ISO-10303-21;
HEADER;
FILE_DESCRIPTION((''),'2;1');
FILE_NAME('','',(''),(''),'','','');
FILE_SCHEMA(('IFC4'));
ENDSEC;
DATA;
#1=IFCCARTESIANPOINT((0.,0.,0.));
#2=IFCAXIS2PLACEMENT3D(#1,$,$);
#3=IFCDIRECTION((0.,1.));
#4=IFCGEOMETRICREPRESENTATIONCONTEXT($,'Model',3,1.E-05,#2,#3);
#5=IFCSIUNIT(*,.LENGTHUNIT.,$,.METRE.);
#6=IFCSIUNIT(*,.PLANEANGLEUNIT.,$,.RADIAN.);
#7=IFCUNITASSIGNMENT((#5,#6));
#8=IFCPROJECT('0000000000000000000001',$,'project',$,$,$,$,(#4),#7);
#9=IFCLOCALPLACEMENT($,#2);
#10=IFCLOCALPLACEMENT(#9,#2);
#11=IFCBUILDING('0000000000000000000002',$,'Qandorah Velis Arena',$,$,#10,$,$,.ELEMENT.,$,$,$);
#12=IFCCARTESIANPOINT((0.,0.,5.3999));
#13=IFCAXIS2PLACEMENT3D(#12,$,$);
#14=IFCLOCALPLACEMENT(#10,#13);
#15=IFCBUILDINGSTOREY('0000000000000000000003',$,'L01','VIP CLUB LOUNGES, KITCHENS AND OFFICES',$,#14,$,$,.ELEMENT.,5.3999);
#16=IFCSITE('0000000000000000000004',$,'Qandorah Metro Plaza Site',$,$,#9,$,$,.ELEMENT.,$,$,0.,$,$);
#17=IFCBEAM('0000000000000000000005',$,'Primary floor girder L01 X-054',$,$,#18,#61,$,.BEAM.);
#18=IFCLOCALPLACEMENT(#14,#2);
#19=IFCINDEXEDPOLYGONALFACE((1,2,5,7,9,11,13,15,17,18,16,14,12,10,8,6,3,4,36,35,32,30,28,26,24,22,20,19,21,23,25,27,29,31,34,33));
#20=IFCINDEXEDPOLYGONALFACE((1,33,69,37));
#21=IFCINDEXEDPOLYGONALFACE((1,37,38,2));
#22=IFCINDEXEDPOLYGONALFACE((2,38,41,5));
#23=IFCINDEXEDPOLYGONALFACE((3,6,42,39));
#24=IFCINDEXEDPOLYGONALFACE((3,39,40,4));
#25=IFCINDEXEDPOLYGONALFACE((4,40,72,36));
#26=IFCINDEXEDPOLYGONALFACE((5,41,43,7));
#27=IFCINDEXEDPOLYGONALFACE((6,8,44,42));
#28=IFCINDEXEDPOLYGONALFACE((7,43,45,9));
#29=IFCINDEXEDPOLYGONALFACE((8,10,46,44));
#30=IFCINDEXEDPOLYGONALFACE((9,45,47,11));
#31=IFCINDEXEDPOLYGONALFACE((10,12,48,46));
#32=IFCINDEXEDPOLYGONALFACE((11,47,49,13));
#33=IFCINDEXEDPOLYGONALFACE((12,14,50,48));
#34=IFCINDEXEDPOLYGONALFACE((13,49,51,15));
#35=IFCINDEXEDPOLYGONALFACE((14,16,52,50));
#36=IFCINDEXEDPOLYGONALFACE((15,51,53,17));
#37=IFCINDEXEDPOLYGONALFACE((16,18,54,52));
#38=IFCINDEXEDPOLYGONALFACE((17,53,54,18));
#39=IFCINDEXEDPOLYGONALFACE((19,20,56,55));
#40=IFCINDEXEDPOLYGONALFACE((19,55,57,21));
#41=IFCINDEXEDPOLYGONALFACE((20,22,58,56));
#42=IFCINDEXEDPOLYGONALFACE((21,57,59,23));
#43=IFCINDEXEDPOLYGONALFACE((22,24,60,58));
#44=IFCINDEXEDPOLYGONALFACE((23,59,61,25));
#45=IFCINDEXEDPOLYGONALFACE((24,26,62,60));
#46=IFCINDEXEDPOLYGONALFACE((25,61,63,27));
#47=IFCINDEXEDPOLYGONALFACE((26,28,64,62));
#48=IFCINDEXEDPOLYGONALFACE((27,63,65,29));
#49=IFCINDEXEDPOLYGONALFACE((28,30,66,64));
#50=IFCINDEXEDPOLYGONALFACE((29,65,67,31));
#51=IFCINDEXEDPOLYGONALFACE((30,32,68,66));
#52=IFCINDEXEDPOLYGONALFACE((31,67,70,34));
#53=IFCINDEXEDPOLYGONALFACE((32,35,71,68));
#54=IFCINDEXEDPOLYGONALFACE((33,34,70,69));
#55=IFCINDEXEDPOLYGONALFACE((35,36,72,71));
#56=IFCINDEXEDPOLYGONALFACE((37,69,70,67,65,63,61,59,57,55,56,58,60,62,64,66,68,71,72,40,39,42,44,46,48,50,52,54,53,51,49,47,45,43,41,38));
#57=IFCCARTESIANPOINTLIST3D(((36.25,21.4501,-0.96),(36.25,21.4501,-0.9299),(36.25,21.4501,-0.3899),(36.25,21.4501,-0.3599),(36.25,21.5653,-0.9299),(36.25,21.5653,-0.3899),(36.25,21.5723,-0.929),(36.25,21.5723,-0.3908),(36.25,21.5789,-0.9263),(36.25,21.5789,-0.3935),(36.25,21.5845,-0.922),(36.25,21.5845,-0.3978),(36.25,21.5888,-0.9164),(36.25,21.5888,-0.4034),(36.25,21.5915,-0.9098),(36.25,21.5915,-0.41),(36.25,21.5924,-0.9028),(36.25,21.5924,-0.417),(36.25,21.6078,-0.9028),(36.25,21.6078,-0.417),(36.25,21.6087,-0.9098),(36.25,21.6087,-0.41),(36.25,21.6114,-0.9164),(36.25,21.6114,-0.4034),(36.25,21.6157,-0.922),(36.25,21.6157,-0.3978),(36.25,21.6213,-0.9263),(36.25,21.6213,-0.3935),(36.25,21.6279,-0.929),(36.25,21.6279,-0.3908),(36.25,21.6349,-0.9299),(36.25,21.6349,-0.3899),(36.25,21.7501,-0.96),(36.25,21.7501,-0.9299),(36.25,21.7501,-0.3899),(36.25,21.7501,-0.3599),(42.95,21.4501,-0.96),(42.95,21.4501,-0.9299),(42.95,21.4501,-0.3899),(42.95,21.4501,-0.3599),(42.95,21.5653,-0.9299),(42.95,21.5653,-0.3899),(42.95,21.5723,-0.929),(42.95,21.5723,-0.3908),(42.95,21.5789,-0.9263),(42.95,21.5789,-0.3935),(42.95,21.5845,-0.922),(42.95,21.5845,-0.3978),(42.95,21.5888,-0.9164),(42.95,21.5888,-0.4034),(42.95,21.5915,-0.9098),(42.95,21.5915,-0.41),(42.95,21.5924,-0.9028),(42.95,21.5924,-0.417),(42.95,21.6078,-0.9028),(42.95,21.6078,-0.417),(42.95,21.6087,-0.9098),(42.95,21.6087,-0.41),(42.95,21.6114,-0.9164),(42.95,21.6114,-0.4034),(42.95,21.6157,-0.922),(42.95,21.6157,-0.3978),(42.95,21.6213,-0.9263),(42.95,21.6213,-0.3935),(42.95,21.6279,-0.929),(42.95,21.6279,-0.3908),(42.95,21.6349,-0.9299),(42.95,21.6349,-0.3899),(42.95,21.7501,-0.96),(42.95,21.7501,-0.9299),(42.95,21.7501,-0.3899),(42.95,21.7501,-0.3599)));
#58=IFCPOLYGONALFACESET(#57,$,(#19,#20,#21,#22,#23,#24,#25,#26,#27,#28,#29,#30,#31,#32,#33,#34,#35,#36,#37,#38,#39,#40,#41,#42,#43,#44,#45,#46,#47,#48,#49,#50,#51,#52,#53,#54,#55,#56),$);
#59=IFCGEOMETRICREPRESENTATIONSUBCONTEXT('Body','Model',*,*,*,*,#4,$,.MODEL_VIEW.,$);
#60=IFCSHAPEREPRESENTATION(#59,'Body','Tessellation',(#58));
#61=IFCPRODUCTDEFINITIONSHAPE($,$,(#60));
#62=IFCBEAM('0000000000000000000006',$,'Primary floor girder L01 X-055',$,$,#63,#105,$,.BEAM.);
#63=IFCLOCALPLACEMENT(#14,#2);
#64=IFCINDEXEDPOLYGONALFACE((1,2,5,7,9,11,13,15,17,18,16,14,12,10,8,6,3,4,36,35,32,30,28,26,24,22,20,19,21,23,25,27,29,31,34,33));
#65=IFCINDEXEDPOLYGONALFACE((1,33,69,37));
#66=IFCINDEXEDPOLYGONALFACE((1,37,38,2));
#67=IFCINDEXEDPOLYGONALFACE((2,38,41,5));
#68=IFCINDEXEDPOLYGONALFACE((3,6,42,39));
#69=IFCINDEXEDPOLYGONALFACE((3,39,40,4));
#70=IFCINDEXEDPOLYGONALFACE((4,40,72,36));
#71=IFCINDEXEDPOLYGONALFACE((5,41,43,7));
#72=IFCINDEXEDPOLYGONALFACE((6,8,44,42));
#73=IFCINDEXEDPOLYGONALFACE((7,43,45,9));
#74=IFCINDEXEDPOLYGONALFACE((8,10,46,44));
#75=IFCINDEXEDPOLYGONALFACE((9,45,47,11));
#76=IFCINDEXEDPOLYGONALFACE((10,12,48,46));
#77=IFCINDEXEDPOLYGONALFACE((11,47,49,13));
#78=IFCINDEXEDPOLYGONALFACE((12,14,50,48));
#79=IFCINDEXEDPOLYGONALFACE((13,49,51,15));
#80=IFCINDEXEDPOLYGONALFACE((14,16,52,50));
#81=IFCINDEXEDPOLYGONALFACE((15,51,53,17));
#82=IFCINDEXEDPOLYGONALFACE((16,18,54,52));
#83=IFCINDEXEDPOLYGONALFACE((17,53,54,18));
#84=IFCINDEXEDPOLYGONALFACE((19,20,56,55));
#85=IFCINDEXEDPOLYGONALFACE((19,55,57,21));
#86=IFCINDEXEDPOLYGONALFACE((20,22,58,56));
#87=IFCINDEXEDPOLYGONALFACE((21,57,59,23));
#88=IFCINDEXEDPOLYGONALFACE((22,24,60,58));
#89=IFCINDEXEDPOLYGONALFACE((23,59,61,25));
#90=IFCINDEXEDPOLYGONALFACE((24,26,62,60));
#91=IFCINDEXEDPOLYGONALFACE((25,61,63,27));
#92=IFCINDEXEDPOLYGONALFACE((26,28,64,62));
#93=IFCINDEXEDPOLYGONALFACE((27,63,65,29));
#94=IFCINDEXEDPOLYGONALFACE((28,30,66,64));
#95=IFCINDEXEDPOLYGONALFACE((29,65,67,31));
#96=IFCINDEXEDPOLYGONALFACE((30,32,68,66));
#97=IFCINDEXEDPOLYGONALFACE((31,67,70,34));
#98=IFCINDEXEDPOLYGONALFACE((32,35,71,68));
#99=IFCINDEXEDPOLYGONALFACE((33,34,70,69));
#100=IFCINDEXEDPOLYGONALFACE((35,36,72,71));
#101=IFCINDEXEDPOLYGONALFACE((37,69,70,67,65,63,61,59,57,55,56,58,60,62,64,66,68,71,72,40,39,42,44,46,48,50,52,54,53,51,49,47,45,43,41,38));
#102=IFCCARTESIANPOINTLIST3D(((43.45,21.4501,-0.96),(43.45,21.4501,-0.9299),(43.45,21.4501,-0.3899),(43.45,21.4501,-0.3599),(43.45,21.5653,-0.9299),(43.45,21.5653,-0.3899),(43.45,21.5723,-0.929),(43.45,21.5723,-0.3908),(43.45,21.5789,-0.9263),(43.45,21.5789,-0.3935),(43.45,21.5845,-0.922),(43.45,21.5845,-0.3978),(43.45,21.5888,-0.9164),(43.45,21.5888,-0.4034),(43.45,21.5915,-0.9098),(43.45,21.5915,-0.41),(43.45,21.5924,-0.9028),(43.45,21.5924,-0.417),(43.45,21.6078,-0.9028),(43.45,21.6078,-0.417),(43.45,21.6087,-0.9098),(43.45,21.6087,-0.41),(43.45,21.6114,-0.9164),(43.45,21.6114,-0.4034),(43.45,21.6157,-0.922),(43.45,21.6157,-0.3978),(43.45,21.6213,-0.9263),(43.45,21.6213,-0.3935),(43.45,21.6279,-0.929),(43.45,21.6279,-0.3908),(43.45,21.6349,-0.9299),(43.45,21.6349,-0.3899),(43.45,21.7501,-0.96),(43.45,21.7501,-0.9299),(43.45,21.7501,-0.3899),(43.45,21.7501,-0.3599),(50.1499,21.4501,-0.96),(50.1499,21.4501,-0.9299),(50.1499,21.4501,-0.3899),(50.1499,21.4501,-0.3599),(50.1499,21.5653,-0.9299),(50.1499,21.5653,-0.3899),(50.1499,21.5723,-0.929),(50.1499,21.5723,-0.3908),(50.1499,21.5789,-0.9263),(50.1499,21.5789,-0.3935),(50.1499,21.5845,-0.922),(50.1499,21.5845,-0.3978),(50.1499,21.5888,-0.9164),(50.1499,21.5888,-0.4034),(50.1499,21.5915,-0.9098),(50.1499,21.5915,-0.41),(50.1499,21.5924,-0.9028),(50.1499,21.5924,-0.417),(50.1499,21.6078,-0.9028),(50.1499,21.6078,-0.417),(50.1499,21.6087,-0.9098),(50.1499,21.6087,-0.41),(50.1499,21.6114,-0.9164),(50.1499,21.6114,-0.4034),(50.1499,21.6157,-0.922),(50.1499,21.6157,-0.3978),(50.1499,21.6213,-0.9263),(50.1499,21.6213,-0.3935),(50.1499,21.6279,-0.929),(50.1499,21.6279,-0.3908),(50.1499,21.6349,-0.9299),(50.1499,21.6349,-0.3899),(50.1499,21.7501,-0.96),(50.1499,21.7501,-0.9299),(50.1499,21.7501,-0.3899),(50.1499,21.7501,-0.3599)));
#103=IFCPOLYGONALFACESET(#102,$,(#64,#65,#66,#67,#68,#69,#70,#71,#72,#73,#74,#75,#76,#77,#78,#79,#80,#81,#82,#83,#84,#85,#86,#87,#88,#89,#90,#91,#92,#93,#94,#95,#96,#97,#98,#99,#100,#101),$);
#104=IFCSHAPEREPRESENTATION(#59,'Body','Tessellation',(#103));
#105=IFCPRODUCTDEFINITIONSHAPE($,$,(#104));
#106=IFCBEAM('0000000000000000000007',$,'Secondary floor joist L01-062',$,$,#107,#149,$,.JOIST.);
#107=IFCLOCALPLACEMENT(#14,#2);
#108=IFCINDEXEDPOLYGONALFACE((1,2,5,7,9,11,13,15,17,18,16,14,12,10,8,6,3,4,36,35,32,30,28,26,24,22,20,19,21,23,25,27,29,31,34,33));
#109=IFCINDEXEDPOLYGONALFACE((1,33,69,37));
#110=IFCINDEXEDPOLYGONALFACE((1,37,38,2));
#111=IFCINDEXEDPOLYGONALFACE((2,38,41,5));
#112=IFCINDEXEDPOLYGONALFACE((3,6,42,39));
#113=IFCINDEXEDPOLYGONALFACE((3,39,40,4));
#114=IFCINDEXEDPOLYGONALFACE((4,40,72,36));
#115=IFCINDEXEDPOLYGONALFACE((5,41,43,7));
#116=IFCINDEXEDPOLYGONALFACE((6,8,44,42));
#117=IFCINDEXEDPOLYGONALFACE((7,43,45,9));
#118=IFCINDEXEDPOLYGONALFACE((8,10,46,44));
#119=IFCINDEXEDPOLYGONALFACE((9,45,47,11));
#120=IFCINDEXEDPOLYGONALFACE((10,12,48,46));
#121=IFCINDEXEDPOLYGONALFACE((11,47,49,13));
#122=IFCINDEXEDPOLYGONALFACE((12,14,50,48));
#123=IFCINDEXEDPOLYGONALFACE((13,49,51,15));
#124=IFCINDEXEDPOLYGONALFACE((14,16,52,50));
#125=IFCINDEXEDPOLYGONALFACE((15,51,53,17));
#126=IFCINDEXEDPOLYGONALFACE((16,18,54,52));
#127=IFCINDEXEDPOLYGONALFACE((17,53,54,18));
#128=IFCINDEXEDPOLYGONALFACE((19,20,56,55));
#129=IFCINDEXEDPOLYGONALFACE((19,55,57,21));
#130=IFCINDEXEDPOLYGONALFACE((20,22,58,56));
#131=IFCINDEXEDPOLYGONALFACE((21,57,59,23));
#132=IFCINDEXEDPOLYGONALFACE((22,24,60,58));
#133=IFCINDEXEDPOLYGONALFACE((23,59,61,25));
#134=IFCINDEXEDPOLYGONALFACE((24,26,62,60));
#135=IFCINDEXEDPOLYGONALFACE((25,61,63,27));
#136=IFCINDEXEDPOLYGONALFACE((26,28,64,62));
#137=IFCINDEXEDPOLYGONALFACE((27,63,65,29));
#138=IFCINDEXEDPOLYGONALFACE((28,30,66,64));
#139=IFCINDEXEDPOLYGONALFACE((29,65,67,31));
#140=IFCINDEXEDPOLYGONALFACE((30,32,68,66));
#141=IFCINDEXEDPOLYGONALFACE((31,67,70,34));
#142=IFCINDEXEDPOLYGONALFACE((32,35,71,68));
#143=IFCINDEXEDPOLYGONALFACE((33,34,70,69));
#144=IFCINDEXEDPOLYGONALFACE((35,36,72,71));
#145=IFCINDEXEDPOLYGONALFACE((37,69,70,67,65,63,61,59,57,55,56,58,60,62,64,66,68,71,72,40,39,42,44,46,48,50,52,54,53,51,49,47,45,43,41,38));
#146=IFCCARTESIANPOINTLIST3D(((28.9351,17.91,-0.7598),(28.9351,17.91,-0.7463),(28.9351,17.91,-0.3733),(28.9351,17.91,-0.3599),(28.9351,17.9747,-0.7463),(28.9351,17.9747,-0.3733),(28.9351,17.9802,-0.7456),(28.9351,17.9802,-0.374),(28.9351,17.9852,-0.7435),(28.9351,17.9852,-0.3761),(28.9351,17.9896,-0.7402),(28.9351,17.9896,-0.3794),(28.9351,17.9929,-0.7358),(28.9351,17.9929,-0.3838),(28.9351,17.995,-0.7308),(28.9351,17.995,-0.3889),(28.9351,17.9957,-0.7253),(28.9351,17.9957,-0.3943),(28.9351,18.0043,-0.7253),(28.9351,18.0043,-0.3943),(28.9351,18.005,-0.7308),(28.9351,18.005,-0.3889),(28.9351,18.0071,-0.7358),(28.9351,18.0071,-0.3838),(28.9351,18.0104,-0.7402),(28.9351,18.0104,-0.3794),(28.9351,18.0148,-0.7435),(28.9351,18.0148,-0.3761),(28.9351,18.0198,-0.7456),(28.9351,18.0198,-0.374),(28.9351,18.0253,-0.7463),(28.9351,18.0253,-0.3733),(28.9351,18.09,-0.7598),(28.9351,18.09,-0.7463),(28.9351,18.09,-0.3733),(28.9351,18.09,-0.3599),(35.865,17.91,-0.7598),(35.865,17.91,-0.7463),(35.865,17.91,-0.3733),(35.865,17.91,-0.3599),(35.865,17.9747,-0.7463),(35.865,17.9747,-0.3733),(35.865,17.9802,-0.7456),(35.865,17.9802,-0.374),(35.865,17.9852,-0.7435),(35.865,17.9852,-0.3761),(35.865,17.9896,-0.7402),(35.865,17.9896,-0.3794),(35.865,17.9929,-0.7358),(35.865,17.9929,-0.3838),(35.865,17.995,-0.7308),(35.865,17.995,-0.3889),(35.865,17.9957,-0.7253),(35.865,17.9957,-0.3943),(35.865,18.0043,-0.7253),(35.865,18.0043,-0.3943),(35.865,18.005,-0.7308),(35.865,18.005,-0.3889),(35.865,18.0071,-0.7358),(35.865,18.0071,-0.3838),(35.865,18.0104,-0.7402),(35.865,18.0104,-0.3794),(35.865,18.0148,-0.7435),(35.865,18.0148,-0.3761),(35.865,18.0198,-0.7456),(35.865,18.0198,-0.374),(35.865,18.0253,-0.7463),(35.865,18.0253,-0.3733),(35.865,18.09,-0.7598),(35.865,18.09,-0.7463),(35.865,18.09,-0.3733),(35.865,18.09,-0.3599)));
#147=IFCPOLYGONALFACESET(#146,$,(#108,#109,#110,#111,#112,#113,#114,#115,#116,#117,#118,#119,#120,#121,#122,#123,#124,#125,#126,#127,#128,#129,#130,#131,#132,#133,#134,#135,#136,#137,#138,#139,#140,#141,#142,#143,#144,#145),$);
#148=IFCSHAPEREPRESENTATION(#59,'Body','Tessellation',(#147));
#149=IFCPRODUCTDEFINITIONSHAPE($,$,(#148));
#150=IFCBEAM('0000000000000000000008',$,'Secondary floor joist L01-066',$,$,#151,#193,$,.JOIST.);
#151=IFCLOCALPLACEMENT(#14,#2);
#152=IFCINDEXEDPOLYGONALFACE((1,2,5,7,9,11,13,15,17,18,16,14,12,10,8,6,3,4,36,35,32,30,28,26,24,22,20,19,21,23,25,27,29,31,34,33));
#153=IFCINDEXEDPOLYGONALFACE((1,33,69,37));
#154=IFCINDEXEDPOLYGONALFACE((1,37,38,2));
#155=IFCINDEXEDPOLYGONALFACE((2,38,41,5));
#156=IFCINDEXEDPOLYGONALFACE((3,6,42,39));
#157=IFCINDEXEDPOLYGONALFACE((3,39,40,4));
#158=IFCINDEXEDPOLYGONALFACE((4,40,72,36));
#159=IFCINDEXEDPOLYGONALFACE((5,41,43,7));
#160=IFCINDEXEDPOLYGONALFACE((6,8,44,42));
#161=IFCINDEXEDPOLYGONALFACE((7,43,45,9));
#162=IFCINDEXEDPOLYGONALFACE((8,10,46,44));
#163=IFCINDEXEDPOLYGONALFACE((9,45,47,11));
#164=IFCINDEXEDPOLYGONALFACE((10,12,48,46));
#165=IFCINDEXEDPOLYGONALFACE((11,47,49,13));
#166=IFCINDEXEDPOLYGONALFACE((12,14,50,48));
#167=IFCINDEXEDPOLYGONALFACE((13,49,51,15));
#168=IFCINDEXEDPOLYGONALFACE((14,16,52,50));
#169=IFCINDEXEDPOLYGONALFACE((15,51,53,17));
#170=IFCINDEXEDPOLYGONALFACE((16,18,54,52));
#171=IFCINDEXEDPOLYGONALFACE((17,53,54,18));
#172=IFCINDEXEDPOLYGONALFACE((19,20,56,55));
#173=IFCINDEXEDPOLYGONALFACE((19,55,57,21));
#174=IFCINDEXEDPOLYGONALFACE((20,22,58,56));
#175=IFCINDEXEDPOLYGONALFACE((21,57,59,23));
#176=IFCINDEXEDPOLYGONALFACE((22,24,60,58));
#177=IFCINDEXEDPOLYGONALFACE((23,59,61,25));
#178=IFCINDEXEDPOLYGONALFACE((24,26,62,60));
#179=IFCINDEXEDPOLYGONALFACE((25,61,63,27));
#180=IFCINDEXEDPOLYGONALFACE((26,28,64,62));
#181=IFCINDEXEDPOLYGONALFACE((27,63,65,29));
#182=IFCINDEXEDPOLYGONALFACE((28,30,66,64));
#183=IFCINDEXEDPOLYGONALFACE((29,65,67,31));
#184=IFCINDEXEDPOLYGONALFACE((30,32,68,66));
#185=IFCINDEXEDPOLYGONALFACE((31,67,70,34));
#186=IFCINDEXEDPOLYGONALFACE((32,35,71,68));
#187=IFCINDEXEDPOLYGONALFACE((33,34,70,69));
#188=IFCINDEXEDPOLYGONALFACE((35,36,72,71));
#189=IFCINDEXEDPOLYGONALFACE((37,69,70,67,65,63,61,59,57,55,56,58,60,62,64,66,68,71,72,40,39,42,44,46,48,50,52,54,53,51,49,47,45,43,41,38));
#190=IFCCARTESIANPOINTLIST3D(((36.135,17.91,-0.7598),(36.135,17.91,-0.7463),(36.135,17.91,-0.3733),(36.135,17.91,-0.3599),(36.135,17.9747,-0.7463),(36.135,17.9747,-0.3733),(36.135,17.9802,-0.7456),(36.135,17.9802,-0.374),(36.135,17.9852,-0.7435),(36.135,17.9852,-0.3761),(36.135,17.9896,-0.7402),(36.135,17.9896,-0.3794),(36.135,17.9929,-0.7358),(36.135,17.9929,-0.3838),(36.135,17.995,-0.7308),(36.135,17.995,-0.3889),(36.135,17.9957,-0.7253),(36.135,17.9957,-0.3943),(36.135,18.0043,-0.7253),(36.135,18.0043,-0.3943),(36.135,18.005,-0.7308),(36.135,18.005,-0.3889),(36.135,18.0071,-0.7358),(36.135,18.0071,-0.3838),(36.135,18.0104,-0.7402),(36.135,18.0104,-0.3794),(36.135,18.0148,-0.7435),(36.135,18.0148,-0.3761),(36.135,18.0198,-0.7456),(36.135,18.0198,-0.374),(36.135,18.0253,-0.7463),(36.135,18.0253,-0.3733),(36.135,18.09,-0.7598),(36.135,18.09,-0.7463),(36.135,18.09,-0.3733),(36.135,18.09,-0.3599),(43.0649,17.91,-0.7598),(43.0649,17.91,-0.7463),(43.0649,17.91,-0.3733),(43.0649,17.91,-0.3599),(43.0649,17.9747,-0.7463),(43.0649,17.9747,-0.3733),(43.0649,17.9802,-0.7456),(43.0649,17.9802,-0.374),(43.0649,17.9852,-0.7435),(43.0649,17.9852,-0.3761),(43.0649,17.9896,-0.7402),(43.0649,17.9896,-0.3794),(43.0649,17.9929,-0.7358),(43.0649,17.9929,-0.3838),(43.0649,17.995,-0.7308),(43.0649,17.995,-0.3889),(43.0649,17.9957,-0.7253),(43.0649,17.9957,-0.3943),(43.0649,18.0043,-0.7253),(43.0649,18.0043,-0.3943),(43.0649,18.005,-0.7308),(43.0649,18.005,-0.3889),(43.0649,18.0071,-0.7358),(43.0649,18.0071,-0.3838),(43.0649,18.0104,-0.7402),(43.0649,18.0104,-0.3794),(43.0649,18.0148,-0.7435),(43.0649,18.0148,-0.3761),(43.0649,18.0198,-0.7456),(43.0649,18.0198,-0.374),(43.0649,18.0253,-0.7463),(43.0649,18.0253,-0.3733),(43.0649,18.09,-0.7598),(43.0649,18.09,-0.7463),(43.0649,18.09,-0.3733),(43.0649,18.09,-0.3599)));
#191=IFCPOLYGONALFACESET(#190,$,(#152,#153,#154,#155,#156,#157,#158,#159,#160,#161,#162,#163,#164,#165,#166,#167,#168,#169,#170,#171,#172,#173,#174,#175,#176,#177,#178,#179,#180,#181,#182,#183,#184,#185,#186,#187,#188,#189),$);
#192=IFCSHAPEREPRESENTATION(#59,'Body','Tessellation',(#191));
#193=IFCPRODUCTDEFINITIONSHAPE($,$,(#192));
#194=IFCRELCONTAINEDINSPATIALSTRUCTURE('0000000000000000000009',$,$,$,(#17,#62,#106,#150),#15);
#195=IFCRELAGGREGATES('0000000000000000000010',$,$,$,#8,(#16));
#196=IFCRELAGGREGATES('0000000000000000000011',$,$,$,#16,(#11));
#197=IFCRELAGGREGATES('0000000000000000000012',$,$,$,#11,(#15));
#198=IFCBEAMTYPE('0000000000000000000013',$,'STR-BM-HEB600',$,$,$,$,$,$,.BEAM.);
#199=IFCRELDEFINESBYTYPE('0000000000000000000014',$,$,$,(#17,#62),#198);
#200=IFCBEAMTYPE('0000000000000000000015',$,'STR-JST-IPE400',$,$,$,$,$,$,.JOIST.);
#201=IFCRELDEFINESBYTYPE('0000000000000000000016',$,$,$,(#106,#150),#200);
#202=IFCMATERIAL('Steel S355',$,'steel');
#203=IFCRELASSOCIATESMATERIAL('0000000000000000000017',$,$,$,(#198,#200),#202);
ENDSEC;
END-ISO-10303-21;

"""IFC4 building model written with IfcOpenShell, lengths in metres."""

from ifc_helpers import new_model, si_unit, direction, frame, origin, origin_2d, place, context, subcontext, project, spatial, i_section, extrude, material, material_profile, profile_set, type_object, element, save


model = new_model("IFC4")

# Units and contexts
model_context = context("Model", 3, precision=1e-05, world=origin(), true_north=direction((0.0, 1.0)))
body_context = subcontext(model_context, "Body", "Model", "MODEL_VIEW")
ifc_project = project(units=[si_unit("LENGTHUNIT", "METRE"), si_unit("PLANEANGLEUNIT", "RADIAN")], contexts=[model_context])

# Site, building, storey
site_placement = place(None, origin())
site = spatial("IfcSite", under=ifc_project, at=site_placement, Name="Qandorah Metro Plaza Site", CompositionType="ELEMENT", RefElevation=0.0)
building_placement = place(site_placement, origin())
building = spatial("IfcBuilding", under=site, at=building_placement, Name="Qandorah Velis Arena", CompositionType="ELEMENT")
storey_placement = place(building_placement, frame((0.0, 0.0, 5.3999)))
storey = spatial("IfcBuildingStorey", under=building, at=storey_placement, Name="L01", Description="VIP CLUB LOUNGES, KITCHENS AND OFFICES", CompositionType="ELEMENT", Elevation=5.3999)

# Beams
ifc_material_1 = material(Name="Steel S355", Category="steel")
ifc_material_profile_1 = material_profile(ifc_material_1, i_section(OverallWidth=0.3, OverallDepth=0.6001, WebThickness=0.0154, FlangeThickness=0.03, FilletRadius=0.0271, at=origin_2d()), Name="HEB 600")
ifc_profile_set_1 = profile_set([ifc_material_profile_1], Name="Steel S355")
beam_type_1 = type_object("IfcBeamType", Name="STR-BM-HEB600", PredefinedType="BEAM", material=ifc_profile_set_1)
for number, where, z_axis, x_axis, name in (
    (1, (36.25, 21.6001, -0.6599), (1.0, 0.0, 0.0), (0.0, 1.0, 0.0), "Primary floor girder L01 X-054"),
    (2, (43.45, 21.6001, -0.6599), (1.0, 0.0, 0.0), (0.0, 1.0, 0.0), "Primary floor girder L01 X-055"),
):
    element("IfcBeam", number, at=place(storey_placement, frame(where, z_axis=z_axis, x_axis=x_axis)), inside=storey, type_object=beam_type_1, Name=name, PredefinedType="BEAM", context=body_context, shape_type="SweptSolid", body=[
        extrude(i_section(OverallWidth=0.3, OverallDepth=0.6001, WebThickness=0.0154, FlangeThickness=0.03, FilletRadius=0.0271, at=origin_2d()), origin(), (0.0, 0.0, 1.0), 6.7),
    ])
ifc_material_profile_2 = material_profile(ifc_material_1, i_section(OverallWidth=0.1799, OverallDepth=0.3999, WebThickness=0.0085, FlangeThickness=0.0134, FilletRadius=0.021, at=origin_2d()), Name="IPE 400")
ifc_profile_set_2 = profile_set([ifc_material_profile_2], Name="Steel S355")
beam_type_2 = type_object("IfcBeamType", Name="STR-JST-IPE400", PredefinedType="JOIST", material=ifc_profile_set_2)
for number, where, z_axis, x_axis, name in (
    (3, (28.9351, 18.0, -0.5598), (1.0, 0.0, 0.0), (0.0, 1.0, 0.0), "Secondary floor joist L01-062"),
    (4, (36.135, 18.0, -0.5598), (1.0, 0.0, 0.0), (0.0, 1.0, 0.0), "Secondary floor joist L01-066"),
):
    element("IfcBeam", number, at=place(storey_placement, frame(where, z_axis=z_axis, x_axis=x_axis)), inside=storey, type_object=beam_type_2, Name=name, PredefinedType="JOIST", context=body_context, shape_type="SweptSolid", body=[
        extrude(i_section(OverallWidth=0.1799, OverallDepth=0.3999, WebThickness=0.0085, FlangeThickness=0.0134, FilletRadius=0.021, at=origin_2d()), origin(), (0.0, 0.0, 1.0), 6.9299),
    ])

save(model, "model.ifc")
